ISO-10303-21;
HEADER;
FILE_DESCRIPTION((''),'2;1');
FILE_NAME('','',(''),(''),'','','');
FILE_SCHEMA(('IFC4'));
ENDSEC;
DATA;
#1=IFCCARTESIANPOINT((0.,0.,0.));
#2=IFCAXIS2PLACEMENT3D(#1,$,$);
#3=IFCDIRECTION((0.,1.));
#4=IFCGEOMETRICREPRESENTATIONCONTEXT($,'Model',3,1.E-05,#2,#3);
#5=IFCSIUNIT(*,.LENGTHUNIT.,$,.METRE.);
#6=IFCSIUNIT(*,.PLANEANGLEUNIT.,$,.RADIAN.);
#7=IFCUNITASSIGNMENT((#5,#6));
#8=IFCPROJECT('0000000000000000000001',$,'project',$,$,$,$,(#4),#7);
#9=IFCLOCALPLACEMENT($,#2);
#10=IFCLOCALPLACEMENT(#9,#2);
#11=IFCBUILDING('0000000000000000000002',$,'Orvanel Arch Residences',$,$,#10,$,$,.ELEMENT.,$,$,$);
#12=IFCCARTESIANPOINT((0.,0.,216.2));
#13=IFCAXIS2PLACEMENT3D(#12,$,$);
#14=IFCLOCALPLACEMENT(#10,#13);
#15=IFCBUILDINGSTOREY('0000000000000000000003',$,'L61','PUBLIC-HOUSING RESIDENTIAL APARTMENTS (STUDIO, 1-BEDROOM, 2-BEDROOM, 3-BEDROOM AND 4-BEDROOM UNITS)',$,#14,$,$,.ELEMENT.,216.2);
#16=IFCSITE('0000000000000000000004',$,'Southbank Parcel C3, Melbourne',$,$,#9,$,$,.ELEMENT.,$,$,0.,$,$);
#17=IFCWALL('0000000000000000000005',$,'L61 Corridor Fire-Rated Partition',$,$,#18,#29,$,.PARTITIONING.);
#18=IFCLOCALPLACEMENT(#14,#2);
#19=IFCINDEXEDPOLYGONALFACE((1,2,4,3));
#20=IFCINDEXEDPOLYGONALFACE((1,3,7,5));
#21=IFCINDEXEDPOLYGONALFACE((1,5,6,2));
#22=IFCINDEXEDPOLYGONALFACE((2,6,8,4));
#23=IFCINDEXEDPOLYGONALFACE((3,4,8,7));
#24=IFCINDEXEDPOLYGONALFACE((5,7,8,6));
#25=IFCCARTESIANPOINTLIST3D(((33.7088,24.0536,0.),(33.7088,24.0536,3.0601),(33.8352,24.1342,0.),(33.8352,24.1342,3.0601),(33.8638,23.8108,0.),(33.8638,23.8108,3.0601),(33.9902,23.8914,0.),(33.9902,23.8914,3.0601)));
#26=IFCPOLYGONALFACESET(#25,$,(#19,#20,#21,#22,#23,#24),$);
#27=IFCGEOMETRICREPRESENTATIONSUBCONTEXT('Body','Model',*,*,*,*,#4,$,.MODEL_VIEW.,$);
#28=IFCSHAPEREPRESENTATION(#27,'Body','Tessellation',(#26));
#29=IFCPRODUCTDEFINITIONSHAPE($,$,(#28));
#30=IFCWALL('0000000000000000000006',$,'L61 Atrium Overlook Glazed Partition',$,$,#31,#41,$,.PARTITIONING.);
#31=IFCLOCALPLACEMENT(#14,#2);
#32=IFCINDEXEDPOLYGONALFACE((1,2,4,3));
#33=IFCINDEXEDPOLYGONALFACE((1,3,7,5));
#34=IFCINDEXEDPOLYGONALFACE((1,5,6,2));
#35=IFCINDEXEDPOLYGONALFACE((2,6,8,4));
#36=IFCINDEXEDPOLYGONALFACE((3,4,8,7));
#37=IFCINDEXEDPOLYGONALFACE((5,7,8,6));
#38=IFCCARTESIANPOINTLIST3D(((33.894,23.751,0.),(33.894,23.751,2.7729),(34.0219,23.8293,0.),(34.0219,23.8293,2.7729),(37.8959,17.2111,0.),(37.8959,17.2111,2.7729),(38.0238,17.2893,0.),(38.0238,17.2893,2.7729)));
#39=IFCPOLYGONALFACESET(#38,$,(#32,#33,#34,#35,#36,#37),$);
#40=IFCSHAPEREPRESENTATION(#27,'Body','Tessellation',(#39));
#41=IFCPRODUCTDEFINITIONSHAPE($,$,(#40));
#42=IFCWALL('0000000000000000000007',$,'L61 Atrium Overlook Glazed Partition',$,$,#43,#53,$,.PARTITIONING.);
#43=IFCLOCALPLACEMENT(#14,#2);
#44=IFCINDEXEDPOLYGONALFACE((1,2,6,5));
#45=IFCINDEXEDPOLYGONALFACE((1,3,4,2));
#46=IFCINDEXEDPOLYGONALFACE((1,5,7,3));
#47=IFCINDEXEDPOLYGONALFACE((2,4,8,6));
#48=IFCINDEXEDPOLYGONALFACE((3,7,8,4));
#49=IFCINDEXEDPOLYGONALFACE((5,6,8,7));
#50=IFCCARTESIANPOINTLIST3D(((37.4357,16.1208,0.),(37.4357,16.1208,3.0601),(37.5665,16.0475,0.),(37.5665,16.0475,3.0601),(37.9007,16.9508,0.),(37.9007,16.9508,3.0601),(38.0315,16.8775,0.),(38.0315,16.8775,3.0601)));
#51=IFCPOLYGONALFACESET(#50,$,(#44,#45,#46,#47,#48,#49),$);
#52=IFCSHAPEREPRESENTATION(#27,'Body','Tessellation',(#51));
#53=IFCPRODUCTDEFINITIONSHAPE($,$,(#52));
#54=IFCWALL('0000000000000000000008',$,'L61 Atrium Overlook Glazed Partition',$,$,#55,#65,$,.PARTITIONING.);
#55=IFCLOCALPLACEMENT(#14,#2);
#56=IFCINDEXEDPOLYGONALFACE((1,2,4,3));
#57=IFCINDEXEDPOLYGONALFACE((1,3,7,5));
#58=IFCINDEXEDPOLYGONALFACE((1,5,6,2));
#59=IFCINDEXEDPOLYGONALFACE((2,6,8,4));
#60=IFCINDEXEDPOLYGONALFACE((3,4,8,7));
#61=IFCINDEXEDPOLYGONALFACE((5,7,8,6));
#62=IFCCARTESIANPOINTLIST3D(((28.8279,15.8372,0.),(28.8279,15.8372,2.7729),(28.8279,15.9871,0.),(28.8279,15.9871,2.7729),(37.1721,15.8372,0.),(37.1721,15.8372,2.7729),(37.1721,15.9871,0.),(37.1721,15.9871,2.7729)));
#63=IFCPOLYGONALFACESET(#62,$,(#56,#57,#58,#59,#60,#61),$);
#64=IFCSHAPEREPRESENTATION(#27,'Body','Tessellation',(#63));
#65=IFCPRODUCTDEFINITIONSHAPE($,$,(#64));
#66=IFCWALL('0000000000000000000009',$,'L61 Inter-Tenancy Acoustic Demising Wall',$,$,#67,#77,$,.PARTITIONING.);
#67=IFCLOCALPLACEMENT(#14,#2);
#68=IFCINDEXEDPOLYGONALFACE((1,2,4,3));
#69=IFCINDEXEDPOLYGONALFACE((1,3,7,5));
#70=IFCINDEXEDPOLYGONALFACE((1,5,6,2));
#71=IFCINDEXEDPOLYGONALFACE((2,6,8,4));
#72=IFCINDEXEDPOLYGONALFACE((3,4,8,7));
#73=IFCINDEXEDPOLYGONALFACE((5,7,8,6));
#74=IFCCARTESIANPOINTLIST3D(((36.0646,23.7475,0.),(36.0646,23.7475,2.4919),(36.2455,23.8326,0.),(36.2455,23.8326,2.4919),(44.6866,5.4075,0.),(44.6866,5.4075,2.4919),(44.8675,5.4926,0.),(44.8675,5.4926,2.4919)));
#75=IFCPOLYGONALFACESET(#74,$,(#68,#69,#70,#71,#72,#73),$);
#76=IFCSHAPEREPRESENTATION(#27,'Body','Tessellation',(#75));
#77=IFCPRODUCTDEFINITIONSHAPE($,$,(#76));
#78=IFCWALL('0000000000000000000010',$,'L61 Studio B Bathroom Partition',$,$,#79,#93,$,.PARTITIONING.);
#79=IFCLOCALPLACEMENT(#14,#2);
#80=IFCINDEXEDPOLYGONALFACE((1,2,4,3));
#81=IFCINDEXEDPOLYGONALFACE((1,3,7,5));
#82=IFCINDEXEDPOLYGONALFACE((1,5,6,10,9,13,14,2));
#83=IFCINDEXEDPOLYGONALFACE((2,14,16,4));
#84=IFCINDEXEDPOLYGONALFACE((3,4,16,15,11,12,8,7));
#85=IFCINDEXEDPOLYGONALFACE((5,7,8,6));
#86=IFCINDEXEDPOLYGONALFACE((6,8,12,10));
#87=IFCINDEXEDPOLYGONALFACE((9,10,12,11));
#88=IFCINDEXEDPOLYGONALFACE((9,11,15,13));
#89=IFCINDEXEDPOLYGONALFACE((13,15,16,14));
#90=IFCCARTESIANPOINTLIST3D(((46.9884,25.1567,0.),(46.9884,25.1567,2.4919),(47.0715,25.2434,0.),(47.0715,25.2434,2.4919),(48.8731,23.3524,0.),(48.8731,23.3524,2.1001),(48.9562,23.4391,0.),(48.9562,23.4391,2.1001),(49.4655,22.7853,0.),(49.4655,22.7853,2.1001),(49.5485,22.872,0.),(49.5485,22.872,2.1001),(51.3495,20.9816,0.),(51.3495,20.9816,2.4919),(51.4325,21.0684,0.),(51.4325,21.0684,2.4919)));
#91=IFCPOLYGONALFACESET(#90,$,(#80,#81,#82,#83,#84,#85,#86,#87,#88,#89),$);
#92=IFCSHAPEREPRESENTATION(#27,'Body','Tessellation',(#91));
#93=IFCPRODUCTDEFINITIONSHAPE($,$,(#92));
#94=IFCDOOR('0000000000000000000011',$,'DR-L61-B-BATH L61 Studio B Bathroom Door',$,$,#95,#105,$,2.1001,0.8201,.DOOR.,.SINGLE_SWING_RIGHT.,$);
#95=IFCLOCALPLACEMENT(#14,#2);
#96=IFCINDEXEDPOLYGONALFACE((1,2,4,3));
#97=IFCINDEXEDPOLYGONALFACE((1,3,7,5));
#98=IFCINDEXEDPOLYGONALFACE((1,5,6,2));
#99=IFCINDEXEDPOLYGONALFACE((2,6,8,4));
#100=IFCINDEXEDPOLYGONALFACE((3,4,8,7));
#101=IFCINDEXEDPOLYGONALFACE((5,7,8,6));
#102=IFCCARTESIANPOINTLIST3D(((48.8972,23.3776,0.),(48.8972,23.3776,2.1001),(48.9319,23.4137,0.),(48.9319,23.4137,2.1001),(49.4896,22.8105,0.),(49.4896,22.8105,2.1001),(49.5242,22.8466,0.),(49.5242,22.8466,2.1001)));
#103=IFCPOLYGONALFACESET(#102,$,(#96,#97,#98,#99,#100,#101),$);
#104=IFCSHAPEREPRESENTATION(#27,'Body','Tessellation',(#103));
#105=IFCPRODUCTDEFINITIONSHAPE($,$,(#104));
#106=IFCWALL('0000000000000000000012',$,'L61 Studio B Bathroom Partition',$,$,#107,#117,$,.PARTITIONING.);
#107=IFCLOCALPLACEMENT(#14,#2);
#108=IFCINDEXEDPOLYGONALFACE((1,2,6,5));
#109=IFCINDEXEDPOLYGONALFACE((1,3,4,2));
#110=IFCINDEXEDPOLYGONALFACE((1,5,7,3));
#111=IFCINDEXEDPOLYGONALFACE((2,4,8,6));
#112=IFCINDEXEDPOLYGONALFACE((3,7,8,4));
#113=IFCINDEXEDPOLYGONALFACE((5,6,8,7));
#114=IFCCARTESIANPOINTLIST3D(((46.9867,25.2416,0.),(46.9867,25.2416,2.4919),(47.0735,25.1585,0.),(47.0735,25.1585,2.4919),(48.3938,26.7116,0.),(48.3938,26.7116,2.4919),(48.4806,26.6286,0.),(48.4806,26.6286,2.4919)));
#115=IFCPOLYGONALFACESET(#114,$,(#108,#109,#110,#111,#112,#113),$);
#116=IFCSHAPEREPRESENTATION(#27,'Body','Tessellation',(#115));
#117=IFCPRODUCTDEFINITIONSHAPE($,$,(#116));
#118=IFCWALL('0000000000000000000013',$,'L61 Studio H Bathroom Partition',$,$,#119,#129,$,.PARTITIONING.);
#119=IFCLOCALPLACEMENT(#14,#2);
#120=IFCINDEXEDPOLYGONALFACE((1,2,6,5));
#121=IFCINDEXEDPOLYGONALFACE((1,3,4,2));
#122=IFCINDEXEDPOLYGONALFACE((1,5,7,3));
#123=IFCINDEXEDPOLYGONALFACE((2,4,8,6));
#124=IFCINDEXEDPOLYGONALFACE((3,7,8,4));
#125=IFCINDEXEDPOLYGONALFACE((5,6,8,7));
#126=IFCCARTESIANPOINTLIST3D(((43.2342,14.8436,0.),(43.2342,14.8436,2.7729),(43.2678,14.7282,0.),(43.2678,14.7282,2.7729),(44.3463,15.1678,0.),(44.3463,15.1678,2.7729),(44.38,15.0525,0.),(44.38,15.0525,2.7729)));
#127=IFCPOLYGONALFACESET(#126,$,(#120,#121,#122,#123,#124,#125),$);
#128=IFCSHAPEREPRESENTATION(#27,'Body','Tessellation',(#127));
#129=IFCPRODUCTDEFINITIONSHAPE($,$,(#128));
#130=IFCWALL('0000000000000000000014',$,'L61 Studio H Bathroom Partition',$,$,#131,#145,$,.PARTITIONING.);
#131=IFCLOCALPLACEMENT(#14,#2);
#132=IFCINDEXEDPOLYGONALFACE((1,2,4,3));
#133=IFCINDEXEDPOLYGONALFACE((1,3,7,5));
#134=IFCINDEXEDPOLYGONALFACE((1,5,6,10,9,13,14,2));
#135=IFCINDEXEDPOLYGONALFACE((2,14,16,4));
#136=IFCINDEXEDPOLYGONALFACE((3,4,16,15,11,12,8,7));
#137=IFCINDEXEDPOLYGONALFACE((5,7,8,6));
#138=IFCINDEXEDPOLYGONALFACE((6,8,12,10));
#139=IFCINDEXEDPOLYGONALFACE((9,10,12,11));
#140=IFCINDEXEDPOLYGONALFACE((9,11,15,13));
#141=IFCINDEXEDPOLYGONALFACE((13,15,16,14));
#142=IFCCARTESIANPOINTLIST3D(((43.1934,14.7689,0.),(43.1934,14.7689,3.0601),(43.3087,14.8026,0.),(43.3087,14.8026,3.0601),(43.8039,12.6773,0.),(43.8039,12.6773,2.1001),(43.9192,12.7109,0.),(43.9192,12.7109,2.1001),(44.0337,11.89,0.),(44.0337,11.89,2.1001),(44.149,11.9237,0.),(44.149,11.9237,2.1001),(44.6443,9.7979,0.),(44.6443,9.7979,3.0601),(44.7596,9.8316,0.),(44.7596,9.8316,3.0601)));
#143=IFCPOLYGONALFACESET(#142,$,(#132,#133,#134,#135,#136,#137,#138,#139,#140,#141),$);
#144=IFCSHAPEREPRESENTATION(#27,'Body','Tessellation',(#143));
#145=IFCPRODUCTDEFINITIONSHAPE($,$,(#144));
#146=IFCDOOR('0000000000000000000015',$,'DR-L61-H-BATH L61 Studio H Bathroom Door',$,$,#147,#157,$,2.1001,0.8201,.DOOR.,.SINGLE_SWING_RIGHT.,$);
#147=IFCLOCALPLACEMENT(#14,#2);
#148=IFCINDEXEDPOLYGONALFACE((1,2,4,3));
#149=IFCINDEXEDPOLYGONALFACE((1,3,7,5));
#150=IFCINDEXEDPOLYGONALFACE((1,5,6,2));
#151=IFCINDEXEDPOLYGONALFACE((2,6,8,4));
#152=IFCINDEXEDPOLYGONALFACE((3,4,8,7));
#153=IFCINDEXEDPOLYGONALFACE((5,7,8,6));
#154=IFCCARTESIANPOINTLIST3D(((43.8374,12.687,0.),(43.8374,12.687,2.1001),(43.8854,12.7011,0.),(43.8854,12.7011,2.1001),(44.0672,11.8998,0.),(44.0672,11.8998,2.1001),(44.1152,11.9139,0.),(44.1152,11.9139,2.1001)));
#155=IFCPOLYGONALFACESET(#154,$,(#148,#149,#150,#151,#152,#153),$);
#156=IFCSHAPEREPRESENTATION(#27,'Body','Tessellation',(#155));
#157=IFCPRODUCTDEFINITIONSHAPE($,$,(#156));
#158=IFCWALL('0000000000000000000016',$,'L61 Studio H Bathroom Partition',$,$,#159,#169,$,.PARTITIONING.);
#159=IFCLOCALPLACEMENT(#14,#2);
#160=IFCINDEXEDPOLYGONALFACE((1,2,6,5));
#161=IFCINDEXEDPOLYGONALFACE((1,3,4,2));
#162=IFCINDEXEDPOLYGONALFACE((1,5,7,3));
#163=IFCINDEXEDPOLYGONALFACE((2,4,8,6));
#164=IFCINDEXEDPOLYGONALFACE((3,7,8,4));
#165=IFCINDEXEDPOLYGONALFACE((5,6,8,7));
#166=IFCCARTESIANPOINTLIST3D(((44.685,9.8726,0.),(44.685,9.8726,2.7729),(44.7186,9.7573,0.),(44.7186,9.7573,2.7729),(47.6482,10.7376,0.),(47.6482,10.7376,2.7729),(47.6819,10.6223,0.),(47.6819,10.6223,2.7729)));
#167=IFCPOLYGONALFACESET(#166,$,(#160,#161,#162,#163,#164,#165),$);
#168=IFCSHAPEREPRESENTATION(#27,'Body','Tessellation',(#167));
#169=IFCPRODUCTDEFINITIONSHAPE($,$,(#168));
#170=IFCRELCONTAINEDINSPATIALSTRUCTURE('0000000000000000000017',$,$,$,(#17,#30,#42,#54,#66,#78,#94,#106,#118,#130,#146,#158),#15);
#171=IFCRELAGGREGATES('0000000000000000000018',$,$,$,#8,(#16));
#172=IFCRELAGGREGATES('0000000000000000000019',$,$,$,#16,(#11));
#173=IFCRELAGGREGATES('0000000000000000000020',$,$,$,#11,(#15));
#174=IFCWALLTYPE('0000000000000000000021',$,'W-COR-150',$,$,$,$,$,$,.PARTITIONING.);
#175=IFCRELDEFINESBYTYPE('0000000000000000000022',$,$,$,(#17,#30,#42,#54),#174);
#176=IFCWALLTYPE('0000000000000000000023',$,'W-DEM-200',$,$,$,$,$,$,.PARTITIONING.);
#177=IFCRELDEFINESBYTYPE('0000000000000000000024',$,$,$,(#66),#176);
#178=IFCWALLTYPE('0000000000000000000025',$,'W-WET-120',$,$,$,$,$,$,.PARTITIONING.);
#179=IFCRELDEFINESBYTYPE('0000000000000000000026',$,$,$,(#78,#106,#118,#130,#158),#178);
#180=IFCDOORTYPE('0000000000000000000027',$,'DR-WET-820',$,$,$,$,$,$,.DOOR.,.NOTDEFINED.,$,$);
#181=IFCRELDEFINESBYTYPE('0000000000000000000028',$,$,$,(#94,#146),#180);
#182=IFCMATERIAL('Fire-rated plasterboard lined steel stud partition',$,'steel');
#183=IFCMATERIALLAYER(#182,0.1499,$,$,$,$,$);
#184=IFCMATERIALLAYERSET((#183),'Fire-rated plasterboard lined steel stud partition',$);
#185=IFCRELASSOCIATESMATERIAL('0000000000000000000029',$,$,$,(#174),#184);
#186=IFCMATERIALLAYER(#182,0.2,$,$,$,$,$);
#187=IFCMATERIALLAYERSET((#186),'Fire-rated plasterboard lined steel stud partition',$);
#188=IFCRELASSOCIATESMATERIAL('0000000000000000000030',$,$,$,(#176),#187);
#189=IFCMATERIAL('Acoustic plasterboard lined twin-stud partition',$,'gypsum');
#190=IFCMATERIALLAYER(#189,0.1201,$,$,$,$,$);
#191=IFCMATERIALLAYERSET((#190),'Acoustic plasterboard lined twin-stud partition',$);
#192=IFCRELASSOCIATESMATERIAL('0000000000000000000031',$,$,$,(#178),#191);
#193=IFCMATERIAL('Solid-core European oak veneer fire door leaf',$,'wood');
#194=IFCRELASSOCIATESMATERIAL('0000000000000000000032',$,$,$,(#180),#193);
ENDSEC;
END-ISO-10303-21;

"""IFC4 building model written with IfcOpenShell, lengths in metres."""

from ifc_helpers import new_model, si_unit, direction, frame, frame_2d, origin, place, context, subcontext, project, spatial, rectangle, extrude, material, layer, layer_set, type_object, element, fill, save


model = new_model("IFC4")

# Units and contexts
model_context = context("Model", 3, precision=1e-05, world=origin(), true_north=direction((0.0, 1.0)))
body_context = subcontext(model_context, "Body", "Model", "MODEL_VIEW")
ifc_project = project(units=[si_unit("LENGTHUNIT", "METRE"), si_unit("PLANEANGLEUNIT", "RADIAN")], contexts=[model_context])

# Site, building, storey
site_placement = place(None, origin())
site = spatial("IfcSite", under=ifc_project, at=site_placement, Name="Southbank Parcel C3, Melbourne", CompositionType="ELEMENT", RefElevation=0.0)
building_placement = place(site_placement, origin())
building = spatial("IfcBuilding", under=site, at=building_placement, Name="Orvanel Arch Residences", CompositionType="ELEMENT")
storey_placement = place(building_placement, frame((0.0, 0.0, 216.2)))
storey = spatial("IfcBuildingStorey", under=building, at=storey_placement, Name="L61", Description="PUBLIC-HOUSING RESIDENTIAL APARTMENTS (STUDIO, 1-BEDROOM, 2-BEDROOM, 3-BEDROOM AND 4-BEDROOM UNITS)", CompositionType="ELEMENT", Elevation=216.2)

# Shared definitions
ifc_material_1 = material(Name="Fire-rated plasterboard lined steel stud partition", Category="steel")
ifc_layer_1 = layer(ifc_material_1, 0.1499)
ifc_layer_set_1 = layer_set([ifc_layer_1], Name="Fire-rated plasterboard lined steel stud partition")
wall_type_1 = type_object("IfcWallType", Name="W-COR-150", PredefinedType="PARTITIONING", material=ifc_layer_set_1)

# Shared definitions
ifc_material_2 = material(Name="Solid-core European oak veneer fire door leaf", Category="wood")

# Walls
wall_1_placement = place(storey_placement, frame((33.927, 23.8511, 0.0), z_axis=(0.0, 0.0, 1.0), x_axis=(-0.537971, 0.842963, 0.0)))
element("IfcWall", 1, at=wall_1_placement, inside=storey, type_object=wall_type_1, Name="L61 Corridor Fire-Rated Partition", PredefinedType="PARTITIONING", context=body_context, shape_type="SweptSolid", body=[
    extrude(rectangle(XDim=0.2881, YDim=0.1499, at=frame_2d((0.144, 0.0))), origin(), (0.0, 0.0, 1.0), 3.0601),
])
wall_2_placement = place(storey_placement, frame((33.958, 23.79, 0.0), z_axis=(0.0, 0.0, 1.0), x_axis=(0.52195, -0.852976, 0.0)))
element("IfcWall", 2, at=wall_2_placement, inside=storey, type_object=wall_type_1, Name="L61 Atrium Overlook Glazed Partition", PredefinedType="PARTITIONING", context=body_context, shape_type="SweptSolid", body=[
    extrude(rectangle(XDim=7.6672, YDim=0.1499, at=frame_2d((3.8335, 0.0))), origin(), (0.0, 0.0, 1.0), 2.7729),
])
wall_3_placement = place(storey_placement, frame((37.9661, 16.9141, 0.0), z_axis=(0.0, 0.0, 1.0), x_axis=(-0.488799, -0.872397, 0.0)))
element("IfcWall", 3, at=wall_3_placement, inside=storey, type_object=wall_type_1, Name="L61 Atrium Overlook Glazed Partition", PredefinedType="PARTITIONING", context=body_context, shape_type="SweptSolid", body=[
    extrude(rectangle(XDim=0.9514, YDim=0.1499, at=frame_2d((0.4756, 0.0))), origin(), (0.0, 0.0, 1.0), 3.0601),
])
wall_4_placement = place(storey_placement, frame((37.1721, 15.9121, 0.0), z_axis=(0.0, 0.0, 1.0), x_axis=(-1.0, 0.0, 0.0)))
element("IfcWall", 4, at=wall_4_placement, inside=storey, type_object=wall_type_1, Name="L61 Atrium Overlook Glazed Partition", PredefinedType="PARTITIONING", context=body_context, shape_type="SweptSolid", body=[
    extrude(rectangle(XDim=8.3442, YDim=0.1499, at=frame_2d((4.1721, 0.0))), origin(), (0.0, 0.0, 1.0), 2.7729),
])
ifc_layer_2 = layer(ifc_material_1, 0.2)
ifc_layer_set_2 = layer_set([ifc_layer_2], Name="Fire-rated plasterboard lined steel stud partition")
wall_type_2 = type_object("IfcWallType", Name="W-DEM-200", PredefinedType="PARTITIONING", material=ifc_layer_set_2)
wall_5_placement = place(storey_placement, frame((36.155, 23.79, 0.0), z_axis=(0.0, 0.0, 1.0), x_axis=(0.425451, -0.904981, 0.0)))
element("IfcWall", 5, at=wall_5_placement, inside=storey, type_object=wall_type_2, Name="L61 Inter-Tenancy Acoustic Demising Wall", PredefinedType="PARTITIONING", context=body_context, shape_type="SweptSolid", body=[
    extrude(rectangle(XDim=20.2656, YDim=0.2, at=frame_2d((10.1328, 0.0))), origin(), (0.0, 0.0, 1.0), 2.4919),
])

# Wall, opening, door
ifc_material_3 = material(Name="Acoustic plasterboard lined twin-stud partition", Category="gypsum")
ifc_layer_3 = layer(ifc_material_3, 0.1201)
ifc_layer_set_3 = layer_set([ifc_layer_3], Name="Acoustic plasterboard lined twin-stud partition")
wall_type_3 = type_object("IfcWallType", Name="W-WET-120", PredefinedType="PARTITIONING", material=ifc_layer_set_3)
wall_6_placement = place(storey_placement, frame((47.03, 25.2, 0.0), z_axis=(0.0, 0.0, 1.0), x_axis=(0.722346, -0.691532, 0.0)))
wall_6 = element("IfcWall", 6, at=wall_6_placement, inside=storey, type_object=wall_type_3, Name="L61 Studio B Bathroom Partition", PredefinedType="PARTITIONING", context=body_context, shape_type="SweptSolid", body=[
    extrude(rectangle(XDim=6.0374, YDim=0.1201, at=frame_2d((3.0186, 0.0))), origin(), (0.0, 0.0, 1.0), 2.4919),
])
opening_1_placement = place(wall_6_placement, frame((2.6089, 0.0, 0.0)))
opening_1 = element("IfcOpeningElement", 7, at=opening_1_placement, cuts=wall_6, PredefinedType="OPENING", context=body_context, shape_type="SweptSolid", body=[
    extrude(rectangle(XDim=0.8201, YDim=2.1001, at=frame_2d((0.4102, 1.05))), frame((0.0, 0.0701, 0.0), z_axis=(0.0, -1.0, 0.0), x_axis=(1.0, 0.0, 0.0)), (0.0, 0.0, 1.0), 0.1401),
])
door_type_1 = type_object("IfcDoorType", Name="DR-WET-820", OperationType="NOTDEFINED", PredefinedType="DOOR", material=ifc_material_2)
door_1_placement = place(opening_1_placement, origin())
door_1 = element("IfcDoor", 8, at=door_1_placement, inside=storey, type_object=door_type_1, Name="DR-L61-B-BATH L61 Studio B Bathroom Door", OperationType="SINGLE_SWING_RIGHT", OverallHeight=2.1001, OverallWidth=0.8201, PredefinedType="DOOR", context=body_context, shape_type="SweptSolid", body=[
    extrude(rectangle(XDim=0.8201, YDim=2.1001, at=frame_2d((0.4102, 1.05))), frame((0.0, 0.0249, 0.0), z_axis=(0.0, -1.0, 0.0), x_axis=(1.0, 0.0, 0.0)), (0.0, 0.0, 1.0), 0.05),
])
fill(opening_1, door_1)

# Walls
wall_7_placement = place(storey_placement, frame((47.03, 25.2, 0.0), z_axis=(0.0, 0.0, 1.0), x_axis=(0.69146, 0.722415, 0.0)))
element("IfcWall", 9, at=wall_7_placement, inside=storey, type_object=wall_type_3, Name="L61 Studio B Bathroom Partition", PredefinedType="PARTITIONING", context=body_context, shape_type="SweptSolid", body=[
    extrude(rectangle(XDim=2.0349, YDim=0.1201, at=frame_2d((1.0176, 0.0))), origin(), (0.0, 0.0, 1.0), 2.4919),
])
wall_8_placement = place(storey_placement, frame((44.363, 15.1101, 0.0), z_axis=(0.0, 0.0, 1.0), x_axis=(-0.960031, -0.279895, 0.0)))
element("IfcWall", 10, at=wall_8_placement, inside=storey, type_object=wall_type_3, Name="L61 Studio H Bathroom Partition", PredefinedType="PARTITIONING", context=body_context, shape_type="SweptSolid", body=[
    extrude(rectangle(XDim=1.1584, YDim=0.1201, at=frame_2d((0.5791, 0.0))), origin(), (0.0, 0.0, 1.0), 2.7729),
])

# Wall, opening, door
wall_9_placement = place(storey_placement, frame((43.251, 14.7859, 0.0), z_axis=(0.0, 0.0, 1.0), x_axis=(0.28019, -0.959945, 0.0)))
wall_9 = element("IfcWall", 11, at=wall_9_placement, inside=storey, type_object=wall_type_3, Name="L61 Studio H Bathroom Partition", PredefinedType="PARTITIONING", context=body_context, shape_type="SweptSolid", body=[
    extrude(rectangle(XDim=5.1785, YDim=0.1201, at=frame_2d((2.5894, 0.0))), origin(), (0.0, 0.0, 1.0), 3.0601),
])
opening_2_placement = place(wall_9_placement, frame((2.179, 0.0, 0.0)))
opening_2 = element("IfcOpeningElement", 12, at=opening_2_placement, cuts=wall_9, PredefinedType="OPENING", context=body_context, shape_type="SweptSolid", body=[
    extrude(rectangle(XDim=0.8201, YDim=2.1001, at=frame_2d((0.4102, 1.05))), frame((0.0, 0.0701, 0.0), z_axis=(0.0, -1.0, 0.0), x_axis=(1.0, 0.0, 0.0)), (0.0, 0.0, 1.0), 0.1401),
])
door_2_placement = place(opening_2_placement, origin())
door_2 = element("IfcDoor", 13, at=door_2_placement, inside=storey, type_object=door_type_1, Name="DR-L61-H-BATH L61 Studio H Bathroom Door", OperationType="SINGLE_SWING_RIGHT", OverallHeight=2.1001, OverallWidth=0.8201, PredefinedType="DOOR", context=body_context, shape_type="SweptSolid", body=[
    extrude(rectangle(XDim=0.8201, YDim=2.1001, at=frame_2d((0.4102, 1.05))), frame((0.0, 0.0249, 0.0), z_axis=(0.0, -1.0, 0.0), x_axis=(1.0, 0.0, 0.0)), (0.0, 0.0, 1.0), 0.05),
])
fill(opening_2, door_2)

# Wall
wall_10_placement = place(storey_placement, frame((47.665, 10.6799, 0.0), z_axis=(0.0, 0.0, 1.0), x_axis=(-0.959935, -0.280222, 0.0)))
element("IfcWall", 14, at=wall_10_placement, inside=storey, type_object=wall_type_3, Name="L61 Studio H Bathroom Partition", PredefinedType="PARTITIONING", context=body_context, shape_type="SweptSolid", body=[
    extrude(rectangle(XDim=3.0869, YDim=0.1201, at=frame_2d((1.5435, 0.0))), origin(), (0.0, 0.0, 1.0), 2.7729),
])

save(model, "model.ifc")
